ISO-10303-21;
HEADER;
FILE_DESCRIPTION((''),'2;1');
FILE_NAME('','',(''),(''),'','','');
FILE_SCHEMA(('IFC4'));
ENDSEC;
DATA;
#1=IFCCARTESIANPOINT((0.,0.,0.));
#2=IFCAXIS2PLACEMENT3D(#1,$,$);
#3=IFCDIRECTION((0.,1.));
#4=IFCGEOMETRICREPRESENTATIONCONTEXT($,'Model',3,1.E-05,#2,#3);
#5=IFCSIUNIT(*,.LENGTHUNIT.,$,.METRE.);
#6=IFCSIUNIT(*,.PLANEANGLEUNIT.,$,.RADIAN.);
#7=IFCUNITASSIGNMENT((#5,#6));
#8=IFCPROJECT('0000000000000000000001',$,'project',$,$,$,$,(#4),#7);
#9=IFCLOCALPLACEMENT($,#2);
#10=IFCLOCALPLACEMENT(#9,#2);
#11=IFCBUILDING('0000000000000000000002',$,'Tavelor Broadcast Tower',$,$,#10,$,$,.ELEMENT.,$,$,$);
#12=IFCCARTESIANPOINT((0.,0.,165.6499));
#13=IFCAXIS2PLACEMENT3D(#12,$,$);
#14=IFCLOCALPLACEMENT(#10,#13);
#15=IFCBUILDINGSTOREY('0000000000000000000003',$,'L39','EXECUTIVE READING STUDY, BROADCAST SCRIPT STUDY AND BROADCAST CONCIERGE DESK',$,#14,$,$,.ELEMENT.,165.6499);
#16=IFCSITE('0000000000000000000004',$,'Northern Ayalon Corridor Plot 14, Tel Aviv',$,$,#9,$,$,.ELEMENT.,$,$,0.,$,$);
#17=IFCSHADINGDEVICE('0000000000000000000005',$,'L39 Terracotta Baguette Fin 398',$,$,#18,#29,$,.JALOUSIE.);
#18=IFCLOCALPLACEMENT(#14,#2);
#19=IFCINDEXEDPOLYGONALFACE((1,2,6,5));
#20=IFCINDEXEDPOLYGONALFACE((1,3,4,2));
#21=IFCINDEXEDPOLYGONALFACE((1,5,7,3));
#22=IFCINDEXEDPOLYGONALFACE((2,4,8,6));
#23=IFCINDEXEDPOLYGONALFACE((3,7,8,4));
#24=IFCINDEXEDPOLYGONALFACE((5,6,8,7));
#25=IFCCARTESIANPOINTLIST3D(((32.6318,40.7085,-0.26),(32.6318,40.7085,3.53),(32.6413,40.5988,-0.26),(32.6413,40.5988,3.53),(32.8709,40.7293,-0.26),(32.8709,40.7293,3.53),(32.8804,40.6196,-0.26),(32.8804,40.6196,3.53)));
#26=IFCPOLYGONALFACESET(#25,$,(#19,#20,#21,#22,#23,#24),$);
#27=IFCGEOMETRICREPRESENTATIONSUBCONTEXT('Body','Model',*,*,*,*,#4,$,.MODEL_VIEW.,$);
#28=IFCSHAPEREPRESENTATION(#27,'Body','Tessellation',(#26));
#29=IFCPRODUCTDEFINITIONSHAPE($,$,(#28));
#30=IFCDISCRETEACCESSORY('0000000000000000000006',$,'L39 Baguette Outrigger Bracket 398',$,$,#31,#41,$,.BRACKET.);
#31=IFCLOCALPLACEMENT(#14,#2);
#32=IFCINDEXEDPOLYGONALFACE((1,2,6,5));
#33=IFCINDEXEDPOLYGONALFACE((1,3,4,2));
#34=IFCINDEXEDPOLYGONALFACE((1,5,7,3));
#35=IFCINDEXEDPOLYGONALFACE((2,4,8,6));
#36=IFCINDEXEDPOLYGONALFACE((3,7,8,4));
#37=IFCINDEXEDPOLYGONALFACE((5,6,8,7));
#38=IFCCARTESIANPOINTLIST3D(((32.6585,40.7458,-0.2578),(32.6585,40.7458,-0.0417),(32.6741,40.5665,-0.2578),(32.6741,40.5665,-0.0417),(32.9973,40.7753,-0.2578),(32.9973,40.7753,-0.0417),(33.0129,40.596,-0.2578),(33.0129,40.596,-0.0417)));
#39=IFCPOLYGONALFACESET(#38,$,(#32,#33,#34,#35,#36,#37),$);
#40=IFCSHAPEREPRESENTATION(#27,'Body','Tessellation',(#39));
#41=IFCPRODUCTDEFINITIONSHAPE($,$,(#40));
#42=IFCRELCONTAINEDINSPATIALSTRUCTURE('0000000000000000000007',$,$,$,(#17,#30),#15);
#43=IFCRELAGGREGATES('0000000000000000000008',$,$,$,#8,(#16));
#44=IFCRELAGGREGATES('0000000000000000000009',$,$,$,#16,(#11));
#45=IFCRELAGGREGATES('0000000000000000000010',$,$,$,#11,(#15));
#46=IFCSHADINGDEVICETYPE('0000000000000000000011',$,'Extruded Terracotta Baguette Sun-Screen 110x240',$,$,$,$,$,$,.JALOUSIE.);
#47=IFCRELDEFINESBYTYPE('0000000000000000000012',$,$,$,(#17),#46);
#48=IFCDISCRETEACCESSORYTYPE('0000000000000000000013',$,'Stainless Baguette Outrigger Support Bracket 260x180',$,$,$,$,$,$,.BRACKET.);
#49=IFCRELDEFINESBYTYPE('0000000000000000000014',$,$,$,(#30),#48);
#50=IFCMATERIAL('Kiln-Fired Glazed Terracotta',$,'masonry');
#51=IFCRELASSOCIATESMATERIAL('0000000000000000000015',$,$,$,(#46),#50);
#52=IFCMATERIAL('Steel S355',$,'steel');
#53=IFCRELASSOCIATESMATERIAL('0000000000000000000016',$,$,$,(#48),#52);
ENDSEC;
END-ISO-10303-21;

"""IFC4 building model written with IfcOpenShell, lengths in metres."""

from ifc_helpers import new_model, si_unit, direction, frame, origin, origin_2d, place, context, subcontext, project, spatial, rectangle, extrude, source, transform, mapped, material, type_object, type_shapes, element, save


model = new_model("IFC4")

# Units and contexts
model_context = context("Model", 3, precision=1e-05, world=origin(), true_north=direction((0.0, 1.0)))
body_context = subcontext(model_context, "Body", "Model", "MODEL_VIEW")
ifc_project = project(units=[si_unit("LENGTHUNIT", "METRE"), si_unit("PLANEANGLEUNIT", "RADIAN")], contexts=[model_context])

# Site, building, storey
site_placement = place(None, origin())
site = spatial("IfcSite", under=ifc_project, at=site_placement, Name="Northern Ayalon Corridor Plot 14, Tel Aviv", CompositionType="ELEMENT", RefElevation=0.0)
building_placement = place(site_placement, origin())
building = spatial("IfcBuilding", under=site, at=building_placement, Name="Tavelor Broadcast Tower", CompositionType="ELEMENT")
storey_placement = place(building_placement, frame((0.0, 0.0, 165.6499)))
storey = spatial("IfcBuildingStorey", under=building, at=storey_placement, Name="L39", Description="EXECUTIVE READING STUDY, BROADCAST SCRIPT STUDY AND BROADCAST CONCIERGE DESK", CompositionType="ELEMENT", Elevation=165.6499)

# Shared definitions
ifc_material_1 = material(Name="Steel S355", Category="steel")

# Shading device
ifc_material_2 = material(Name="Kiln-Fired Glazed Terracotta", Category="masonry")
shading_device_type = type_object("IfcShadingDeviceType", Name="Extruded Terracotta Baguette Sun-Screen 110x240", PredefinedType="JALOUSIE", material=ifc_material_2)
shared_shape_1 = source(origin(), body_context, "Body", "SweptSolid", [
    extrude(rectangle(XDim=0.1101, YDim=0.24, at=origin_2d()), origin(), (0.0, 0.0, 1.0), 3.79),
])
type_shapes(shading_device_type, [shared_shape_1])
shading_device_placement = place(storey_placement, frame((32.7561, 40.6641, -0.26), z_axis=(0.0, 0.0, 1.0), x_axis=(0.086808, -0.996225, 0.0)))
element("IfcShadingDevice", 1, at=shading_device_placement, inside=storey, type_object=shading_device_type, Name="L39 Terracotta Baguette Fin 398", PredefinedType="JALOUSIE", context=body_context, shape_type="MappedRepresentation", body=[
    mapped(shared_shape_1, transform((0.0, 0.0, 0.0), scale=1.0)),
])

# Discrete accessory
discrete_accessory_type = type_object("IfcDiscreteAccessoryType", Name="Stainless Baguette Outrigger Support Bracket 260x180", PredefinedType="BRACKET", material=ifc_material_1)
shared_shape_2 = source(origin(), body_context, "Body", "SweptSolid", [
    extrude(rectangle(XDim=0.1799, YDim=0.3401, at=origin_2d()), origin(), (0.0, 0.0, 1.0), 0.2161),
])
type_shapes(discrete_accessory_type, [shared_shape_2])
discrete_accessory_placement = place(storey_placement, frame((32.8357, 40.6709, -0.2578), z_axis=(0.0, 0.0, 1.0), x_axis=(0.086808, -0.996225, 0.0)))
element("IfcDiscreteAccessory", 2, at=discrete_accessory_placement, inside=storey, type_object=discrete_accessory_type, Name="L39 Baguette Outrigger Bracket 398", PredefinedType="BRACKET", context=body_context, shape_type="MappedRepresentation", body=[
    mapped(shared_shape_2, transform((0.0, 0.0, 0.0), scale=1.0)),
])

save(model, "model.ifc")
